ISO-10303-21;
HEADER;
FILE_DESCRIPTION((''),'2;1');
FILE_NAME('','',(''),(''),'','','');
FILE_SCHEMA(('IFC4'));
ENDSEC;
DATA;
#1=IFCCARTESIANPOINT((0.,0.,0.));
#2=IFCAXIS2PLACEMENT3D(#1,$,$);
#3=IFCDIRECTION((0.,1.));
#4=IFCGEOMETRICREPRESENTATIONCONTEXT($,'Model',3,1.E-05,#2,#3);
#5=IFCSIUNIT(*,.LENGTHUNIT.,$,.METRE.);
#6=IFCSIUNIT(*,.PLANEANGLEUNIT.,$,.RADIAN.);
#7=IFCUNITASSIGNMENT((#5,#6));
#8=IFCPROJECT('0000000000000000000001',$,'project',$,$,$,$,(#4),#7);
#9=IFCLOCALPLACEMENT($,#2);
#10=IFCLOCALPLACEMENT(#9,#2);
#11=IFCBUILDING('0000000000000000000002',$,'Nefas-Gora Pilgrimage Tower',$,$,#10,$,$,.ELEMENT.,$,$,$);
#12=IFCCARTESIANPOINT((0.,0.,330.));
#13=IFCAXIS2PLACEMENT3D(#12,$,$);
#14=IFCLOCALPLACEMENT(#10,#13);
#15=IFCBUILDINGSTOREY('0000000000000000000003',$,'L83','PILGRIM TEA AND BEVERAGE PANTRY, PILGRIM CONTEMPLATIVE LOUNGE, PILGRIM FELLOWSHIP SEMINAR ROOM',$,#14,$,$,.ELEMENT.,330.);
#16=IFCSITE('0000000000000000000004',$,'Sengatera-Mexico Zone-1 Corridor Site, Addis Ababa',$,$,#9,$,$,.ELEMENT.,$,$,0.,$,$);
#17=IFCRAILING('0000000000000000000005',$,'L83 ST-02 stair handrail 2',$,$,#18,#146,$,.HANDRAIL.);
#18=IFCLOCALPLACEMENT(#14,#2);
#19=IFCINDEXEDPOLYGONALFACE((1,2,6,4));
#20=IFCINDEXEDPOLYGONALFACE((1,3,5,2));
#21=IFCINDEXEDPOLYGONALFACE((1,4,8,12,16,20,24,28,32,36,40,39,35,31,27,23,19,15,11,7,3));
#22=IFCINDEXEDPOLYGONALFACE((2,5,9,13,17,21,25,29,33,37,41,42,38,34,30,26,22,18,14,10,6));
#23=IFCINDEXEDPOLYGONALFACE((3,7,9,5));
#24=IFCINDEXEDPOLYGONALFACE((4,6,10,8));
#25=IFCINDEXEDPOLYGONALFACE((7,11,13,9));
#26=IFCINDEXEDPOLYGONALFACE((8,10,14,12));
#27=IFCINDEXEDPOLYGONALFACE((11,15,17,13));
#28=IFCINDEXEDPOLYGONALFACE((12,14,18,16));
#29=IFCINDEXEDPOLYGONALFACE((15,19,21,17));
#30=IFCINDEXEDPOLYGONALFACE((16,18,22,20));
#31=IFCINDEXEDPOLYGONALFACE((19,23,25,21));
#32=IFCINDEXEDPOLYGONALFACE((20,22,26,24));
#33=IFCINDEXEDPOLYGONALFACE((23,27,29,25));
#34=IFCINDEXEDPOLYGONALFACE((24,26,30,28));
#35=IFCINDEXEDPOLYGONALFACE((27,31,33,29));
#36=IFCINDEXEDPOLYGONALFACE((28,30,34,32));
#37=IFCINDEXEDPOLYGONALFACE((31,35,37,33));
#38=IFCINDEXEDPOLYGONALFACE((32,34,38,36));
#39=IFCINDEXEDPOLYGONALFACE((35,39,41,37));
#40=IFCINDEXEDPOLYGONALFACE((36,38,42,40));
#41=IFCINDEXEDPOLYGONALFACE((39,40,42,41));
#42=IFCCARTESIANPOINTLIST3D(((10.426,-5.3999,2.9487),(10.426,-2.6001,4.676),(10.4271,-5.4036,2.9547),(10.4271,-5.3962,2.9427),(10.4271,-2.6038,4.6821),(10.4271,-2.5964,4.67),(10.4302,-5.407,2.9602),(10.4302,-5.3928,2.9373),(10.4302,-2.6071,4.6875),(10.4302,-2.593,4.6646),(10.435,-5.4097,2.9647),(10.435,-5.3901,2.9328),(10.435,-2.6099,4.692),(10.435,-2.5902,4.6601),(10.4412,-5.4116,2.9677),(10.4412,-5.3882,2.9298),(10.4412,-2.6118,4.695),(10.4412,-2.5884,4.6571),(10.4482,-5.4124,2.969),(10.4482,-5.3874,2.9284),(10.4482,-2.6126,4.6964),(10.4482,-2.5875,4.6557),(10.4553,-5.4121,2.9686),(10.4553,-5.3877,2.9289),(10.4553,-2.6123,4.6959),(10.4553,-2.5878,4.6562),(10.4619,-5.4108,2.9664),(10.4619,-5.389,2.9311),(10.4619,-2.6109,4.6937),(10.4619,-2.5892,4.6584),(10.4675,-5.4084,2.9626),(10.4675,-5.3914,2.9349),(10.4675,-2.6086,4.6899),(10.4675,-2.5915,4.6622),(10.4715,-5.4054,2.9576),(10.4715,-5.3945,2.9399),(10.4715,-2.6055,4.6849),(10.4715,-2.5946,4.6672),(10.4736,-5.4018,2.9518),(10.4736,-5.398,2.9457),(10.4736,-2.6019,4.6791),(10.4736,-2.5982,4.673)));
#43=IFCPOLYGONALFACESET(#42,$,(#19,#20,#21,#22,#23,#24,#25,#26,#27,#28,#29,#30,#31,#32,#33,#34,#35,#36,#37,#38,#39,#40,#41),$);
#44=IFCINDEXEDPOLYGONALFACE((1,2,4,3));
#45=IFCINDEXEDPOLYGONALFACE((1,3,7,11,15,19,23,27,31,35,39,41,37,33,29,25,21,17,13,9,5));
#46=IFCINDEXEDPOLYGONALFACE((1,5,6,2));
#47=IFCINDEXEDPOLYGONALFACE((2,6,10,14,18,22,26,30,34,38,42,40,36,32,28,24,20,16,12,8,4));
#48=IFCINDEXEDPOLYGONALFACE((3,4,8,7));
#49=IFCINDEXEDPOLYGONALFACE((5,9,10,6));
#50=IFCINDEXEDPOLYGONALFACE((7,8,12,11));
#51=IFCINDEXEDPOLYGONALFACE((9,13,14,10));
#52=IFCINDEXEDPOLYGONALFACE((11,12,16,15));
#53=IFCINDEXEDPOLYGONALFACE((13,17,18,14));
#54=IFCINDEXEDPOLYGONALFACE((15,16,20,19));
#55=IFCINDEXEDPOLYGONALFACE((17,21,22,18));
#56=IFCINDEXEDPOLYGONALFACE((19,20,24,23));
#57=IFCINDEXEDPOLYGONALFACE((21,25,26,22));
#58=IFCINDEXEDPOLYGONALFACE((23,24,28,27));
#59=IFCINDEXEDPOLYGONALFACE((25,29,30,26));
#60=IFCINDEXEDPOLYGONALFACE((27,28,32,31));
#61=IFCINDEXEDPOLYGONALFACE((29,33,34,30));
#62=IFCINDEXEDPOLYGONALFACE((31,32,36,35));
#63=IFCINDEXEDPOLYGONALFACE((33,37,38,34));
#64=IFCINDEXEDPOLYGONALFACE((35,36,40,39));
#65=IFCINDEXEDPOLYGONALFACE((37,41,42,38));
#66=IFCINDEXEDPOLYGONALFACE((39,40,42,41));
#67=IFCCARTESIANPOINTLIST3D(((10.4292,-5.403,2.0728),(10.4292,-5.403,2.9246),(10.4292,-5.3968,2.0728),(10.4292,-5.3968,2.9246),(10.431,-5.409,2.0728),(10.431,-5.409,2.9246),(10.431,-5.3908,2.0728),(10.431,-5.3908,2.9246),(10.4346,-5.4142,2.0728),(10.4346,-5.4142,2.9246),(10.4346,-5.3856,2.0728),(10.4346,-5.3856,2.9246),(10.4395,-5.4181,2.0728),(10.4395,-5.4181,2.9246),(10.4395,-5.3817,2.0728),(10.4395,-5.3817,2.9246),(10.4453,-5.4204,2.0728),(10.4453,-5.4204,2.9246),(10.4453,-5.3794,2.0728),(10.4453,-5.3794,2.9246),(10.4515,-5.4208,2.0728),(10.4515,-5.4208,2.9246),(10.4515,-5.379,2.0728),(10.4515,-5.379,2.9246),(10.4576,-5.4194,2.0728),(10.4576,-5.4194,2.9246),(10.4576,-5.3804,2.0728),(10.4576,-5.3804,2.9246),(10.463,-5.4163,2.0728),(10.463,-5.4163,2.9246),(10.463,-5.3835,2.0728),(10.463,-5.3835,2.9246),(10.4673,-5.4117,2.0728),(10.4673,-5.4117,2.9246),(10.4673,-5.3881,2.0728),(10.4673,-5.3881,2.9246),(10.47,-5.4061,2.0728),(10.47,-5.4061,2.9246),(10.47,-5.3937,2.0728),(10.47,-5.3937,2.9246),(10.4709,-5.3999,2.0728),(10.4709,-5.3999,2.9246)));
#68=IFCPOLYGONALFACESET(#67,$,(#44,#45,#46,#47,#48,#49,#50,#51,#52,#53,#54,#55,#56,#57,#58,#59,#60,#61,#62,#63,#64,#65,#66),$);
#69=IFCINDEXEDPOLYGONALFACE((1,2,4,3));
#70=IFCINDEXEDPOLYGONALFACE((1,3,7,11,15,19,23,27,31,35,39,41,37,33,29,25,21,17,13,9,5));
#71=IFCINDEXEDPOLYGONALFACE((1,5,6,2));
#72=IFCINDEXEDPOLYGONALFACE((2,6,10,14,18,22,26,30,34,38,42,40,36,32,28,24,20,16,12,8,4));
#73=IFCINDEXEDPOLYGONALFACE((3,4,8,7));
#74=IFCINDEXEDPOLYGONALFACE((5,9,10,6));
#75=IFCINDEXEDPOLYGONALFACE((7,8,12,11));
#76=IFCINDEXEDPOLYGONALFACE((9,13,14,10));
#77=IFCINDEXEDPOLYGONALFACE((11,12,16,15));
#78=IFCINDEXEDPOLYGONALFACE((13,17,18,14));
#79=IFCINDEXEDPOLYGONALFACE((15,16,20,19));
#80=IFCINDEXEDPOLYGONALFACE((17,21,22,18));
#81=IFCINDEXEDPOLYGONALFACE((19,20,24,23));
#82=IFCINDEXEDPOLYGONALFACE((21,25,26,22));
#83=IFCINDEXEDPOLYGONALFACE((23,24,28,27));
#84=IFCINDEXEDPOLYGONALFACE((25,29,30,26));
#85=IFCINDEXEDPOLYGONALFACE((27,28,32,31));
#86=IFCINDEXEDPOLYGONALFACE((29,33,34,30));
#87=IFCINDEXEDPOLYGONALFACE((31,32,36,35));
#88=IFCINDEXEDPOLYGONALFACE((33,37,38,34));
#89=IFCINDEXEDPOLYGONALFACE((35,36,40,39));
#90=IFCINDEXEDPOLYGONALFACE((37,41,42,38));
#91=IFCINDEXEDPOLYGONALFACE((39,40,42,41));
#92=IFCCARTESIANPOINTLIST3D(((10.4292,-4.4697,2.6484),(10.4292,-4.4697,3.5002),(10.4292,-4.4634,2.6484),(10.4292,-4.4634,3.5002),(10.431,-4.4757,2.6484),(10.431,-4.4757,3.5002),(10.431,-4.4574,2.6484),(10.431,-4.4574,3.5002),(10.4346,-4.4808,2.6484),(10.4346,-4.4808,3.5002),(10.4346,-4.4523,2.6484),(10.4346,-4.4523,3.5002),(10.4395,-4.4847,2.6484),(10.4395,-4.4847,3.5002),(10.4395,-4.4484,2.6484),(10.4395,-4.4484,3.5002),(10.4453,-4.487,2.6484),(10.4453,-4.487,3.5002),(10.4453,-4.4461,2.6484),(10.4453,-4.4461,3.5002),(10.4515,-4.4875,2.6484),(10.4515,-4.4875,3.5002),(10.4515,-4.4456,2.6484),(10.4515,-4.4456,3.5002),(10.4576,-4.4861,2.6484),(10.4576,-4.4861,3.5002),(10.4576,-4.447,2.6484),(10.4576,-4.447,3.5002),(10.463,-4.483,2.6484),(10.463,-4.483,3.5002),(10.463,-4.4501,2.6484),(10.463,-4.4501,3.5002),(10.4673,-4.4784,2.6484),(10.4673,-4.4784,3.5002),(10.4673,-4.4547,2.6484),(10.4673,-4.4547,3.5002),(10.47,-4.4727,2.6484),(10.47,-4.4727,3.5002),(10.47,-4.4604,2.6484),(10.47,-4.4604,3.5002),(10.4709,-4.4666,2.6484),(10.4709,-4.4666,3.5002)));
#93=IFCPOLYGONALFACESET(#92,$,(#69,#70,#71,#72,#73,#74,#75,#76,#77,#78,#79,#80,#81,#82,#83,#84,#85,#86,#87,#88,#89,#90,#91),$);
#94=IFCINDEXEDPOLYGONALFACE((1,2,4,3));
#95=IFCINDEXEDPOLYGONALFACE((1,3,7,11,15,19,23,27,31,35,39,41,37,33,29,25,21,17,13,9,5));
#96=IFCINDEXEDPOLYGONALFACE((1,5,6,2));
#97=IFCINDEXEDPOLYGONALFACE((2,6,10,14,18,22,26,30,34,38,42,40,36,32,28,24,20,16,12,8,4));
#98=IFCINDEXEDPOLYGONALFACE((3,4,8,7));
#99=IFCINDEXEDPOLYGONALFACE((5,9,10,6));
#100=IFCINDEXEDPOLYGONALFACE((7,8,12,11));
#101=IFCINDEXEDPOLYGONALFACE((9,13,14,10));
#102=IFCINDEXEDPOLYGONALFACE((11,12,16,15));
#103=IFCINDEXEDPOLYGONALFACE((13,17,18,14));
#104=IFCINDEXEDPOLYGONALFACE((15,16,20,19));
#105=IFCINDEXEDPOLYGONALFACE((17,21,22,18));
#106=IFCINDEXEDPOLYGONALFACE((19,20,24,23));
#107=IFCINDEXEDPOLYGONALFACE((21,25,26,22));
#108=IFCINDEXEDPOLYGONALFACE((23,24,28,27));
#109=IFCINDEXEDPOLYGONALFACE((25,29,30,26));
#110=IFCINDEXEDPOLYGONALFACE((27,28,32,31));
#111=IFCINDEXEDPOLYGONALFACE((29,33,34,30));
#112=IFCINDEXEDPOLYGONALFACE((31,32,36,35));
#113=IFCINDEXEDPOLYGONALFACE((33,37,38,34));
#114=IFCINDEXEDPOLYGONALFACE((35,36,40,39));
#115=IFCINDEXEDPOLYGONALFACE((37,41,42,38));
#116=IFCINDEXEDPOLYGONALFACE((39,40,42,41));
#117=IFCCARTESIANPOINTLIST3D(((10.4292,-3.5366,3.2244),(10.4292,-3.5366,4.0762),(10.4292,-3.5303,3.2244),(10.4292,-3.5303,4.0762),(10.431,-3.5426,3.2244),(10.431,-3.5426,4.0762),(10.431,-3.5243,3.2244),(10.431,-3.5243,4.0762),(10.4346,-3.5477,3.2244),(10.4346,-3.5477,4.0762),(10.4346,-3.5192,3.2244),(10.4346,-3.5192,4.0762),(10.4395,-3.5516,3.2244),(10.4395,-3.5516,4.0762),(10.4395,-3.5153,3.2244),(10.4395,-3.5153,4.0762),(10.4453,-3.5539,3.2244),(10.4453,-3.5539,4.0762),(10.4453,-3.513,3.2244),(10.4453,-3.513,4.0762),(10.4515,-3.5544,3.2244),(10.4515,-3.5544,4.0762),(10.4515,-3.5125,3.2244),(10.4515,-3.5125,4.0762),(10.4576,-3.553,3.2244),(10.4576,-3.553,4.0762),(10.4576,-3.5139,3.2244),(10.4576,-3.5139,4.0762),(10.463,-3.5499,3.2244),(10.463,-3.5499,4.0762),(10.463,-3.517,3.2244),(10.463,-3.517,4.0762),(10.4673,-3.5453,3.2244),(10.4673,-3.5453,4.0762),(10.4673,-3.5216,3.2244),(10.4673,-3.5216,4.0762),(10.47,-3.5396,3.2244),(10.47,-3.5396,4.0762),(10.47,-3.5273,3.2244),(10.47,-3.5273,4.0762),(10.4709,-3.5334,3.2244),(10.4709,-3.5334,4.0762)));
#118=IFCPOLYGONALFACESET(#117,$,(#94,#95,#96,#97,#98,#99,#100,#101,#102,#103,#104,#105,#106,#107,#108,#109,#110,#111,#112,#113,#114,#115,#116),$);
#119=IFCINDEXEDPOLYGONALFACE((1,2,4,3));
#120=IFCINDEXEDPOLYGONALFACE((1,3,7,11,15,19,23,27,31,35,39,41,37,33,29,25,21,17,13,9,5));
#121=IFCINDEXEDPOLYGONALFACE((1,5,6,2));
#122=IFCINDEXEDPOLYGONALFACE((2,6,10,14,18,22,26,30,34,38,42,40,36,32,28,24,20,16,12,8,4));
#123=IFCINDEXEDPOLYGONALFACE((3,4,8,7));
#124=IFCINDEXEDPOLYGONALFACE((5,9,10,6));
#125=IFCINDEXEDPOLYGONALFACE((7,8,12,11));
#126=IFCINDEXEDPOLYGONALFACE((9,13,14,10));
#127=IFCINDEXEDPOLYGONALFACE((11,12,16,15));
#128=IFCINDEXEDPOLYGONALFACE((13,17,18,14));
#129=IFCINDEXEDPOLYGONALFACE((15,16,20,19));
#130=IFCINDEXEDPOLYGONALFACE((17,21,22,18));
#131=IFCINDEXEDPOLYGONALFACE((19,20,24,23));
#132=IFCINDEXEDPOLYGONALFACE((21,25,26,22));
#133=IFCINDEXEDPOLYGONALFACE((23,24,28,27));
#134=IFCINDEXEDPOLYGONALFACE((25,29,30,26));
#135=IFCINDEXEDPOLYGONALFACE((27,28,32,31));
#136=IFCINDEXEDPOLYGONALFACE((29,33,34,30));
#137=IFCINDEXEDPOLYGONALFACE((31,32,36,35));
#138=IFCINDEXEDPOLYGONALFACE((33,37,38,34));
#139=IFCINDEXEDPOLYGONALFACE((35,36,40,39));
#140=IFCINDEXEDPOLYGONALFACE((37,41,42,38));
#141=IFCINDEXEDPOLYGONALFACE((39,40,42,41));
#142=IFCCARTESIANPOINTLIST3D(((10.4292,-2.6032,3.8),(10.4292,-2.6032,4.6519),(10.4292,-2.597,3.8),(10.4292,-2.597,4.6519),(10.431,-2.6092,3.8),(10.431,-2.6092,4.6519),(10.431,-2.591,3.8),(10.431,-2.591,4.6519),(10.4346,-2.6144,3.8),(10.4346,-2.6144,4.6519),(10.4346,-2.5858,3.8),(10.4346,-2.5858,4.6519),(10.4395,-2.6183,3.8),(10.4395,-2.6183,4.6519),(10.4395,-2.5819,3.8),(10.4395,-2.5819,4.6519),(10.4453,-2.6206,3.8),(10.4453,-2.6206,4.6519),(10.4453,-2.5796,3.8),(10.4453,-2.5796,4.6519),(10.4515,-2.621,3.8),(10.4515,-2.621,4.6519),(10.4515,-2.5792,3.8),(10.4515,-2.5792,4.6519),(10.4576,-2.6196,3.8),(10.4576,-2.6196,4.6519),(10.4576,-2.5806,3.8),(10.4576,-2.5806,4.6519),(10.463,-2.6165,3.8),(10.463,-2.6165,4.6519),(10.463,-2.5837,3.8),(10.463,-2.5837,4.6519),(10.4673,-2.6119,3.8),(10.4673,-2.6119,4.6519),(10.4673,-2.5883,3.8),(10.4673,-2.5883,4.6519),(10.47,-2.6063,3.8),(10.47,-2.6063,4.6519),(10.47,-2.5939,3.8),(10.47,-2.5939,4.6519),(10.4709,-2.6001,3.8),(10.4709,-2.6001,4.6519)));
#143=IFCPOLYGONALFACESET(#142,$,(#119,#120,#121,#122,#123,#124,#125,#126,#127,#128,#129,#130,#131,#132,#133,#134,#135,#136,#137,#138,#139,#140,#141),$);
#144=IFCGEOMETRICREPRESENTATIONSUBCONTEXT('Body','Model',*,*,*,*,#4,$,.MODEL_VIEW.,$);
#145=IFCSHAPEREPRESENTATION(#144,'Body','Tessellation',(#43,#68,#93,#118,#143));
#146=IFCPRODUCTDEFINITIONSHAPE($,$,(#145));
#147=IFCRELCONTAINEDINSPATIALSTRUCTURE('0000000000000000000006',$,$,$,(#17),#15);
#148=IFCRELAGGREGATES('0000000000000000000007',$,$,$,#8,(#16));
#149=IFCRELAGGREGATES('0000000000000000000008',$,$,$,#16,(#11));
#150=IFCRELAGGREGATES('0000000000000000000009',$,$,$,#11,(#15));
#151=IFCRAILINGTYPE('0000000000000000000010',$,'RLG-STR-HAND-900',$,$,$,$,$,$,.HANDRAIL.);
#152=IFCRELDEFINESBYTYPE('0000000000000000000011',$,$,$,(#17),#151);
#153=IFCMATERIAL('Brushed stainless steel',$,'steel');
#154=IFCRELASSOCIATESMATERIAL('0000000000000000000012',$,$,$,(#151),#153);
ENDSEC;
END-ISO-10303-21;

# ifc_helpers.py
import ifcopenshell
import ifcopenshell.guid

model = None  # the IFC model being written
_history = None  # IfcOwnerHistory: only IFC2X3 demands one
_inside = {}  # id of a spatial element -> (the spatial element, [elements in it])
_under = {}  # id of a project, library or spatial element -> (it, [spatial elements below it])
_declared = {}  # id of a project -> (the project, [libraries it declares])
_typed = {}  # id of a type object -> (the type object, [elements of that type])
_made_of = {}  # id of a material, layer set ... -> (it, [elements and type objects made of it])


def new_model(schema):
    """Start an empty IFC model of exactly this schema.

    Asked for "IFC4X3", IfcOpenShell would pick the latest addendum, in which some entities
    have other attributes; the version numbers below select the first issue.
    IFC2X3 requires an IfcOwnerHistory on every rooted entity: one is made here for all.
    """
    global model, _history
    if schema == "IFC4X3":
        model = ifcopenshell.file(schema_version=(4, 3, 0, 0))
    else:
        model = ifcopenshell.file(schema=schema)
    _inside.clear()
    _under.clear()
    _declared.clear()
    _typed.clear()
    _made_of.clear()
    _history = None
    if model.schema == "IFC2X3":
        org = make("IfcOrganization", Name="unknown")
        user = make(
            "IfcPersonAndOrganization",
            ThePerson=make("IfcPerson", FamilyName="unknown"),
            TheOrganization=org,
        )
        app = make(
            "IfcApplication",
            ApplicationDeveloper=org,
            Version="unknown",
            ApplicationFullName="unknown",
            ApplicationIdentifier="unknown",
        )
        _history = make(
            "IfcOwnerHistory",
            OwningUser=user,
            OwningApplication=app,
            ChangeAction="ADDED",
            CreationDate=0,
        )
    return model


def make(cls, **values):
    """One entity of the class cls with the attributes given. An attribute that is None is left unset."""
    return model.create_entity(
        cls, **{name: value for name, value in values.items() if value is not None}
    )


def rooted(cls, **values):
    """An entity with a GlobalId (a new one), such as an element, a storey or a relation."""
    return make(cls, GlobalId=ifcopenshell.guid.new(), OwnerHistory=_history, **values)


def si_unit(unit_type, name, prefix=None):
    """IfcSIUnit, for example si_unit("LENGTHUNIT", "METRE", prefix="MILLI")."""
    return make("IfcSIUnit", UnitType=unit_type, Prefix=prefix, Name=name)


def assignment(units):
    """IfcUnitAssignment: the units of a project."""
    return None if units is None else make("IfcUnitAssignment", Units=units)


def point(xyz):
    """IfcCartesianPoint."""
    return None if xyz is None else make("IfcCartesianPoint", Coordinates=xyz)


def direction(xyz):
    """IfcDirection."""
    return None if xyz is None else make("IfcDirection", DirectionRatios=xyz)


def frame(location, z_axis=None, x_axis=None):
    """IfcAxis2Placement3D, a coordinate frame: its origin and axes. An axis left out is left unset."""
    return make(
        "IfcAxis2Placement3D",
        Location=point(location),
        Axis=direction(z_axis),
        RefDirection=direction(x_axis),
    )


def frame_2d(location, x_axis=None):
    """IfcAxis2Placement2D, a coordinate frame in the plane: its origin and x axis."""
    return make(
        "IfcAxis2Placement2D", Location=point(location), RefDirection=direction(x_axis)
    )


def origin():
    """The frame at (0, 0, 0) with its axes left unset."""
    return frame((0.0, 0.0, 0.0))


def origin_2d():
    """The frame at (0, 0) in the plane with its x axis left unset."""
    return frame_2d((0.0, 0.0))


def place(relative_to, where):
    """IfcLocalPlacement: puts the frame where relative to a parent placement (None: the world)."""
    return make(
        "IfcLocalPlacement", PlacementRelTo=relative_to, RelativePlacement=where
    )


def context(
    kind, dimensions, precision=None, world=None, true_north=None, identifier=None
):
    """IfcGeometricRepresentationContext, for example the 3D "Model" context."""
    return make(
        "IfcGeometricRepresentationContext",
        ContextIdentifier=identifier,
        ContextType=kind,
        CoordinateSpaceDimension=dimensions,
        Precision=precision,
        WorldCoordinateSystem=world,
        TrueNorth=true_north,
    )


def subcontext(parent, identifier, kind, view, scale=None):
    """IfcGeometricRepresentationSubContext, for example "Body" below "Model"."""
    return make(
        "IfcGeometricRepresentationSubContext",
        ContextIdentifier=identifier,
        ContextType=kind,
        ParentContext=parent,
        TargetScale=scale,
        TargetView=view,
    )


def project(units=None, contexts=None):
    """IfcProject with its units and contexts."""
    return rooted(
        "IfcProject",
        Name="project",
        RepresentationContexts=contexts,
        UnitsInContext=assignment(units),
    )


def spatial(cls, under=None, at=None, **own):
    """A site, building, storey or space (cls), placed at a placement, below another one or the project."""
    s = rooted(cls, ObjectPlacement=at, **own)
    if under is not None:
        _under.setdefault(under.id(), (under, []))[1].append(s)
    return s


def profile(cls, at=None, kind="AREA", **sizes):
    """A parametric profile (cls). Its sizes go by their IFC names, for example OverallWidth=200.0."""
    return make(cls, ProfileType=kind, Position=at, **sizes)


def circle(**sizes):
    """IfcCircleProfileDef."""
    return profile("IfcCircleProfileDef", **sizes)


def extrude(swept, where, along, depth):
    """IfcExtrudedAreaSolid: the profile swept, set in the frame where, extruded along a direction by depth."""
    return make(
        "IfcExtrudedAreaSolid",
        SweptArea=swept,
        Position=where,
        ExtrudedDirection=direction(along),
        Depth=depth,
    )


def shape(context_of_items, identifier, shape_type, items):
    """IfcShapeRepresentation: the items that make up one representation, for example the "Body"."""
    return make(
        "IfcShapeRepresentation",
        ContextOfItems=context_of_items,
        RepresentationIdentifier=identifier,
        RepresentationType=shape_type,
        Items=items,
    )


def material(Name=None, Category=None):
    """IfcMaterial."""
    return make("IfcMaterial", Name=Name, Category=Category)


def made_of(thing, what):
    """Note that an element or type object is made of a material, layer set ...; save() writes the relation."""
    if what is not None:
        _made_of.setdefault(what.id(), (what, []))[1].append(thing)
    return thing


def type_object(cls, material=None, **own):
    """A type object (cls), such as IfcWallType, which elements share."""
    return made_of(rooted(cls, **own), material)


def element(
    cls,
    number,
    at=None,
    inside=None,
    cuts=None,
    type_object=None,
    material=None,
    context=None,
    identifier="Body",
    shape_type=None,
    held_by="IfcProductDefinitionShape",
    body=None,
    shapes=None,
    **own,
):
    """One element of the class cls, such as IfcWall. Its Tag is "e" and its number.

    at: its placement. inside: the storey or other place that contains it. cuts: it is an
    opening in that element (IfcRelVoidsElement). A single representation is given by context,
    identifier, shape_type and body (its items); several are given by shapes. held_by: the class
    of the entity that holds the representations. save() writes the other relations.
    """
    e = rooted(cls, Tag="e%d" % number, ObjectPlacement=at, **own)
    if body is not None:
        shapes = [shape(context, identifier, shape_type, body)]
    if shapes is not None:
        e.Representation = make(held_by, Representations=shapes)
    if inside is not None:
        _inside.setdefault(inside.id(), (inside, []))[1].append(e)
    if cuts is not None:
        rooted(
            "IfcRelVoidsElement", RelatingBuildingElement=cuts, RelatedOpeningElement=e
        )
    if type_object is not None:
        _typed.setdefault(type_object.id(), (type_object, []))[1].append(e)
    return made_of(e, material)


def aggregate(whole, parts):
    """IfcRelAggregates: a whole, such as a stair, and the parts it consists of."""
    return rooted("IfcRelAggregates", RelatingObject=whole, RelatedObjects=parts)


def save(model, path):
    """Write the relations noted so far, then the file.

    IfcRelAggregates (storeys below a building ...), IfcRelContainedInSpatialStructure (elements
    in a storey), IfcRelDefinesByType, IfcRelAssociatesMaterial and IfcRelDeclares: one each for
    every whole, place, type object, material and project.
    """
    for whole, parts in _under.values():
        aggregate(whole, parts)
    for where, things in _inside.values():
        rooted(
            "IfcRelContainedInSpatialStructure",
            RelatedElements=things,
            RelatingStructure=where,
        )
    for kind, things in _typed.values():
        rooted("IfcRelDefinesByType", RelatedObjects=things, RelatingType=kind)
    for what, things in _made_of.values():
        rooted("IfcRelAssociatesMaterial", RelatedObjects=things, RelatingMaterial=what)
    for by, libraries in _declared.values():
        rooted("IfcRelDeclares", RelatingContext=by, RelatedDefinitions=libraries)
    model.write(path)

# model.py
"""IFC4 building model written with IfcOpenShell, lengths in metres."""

from ifc_helpers import new_model, si_unit, direction, frame, origin, origin_2d, place, context, subcontext, project, spatial, circle, extrude, material, type_object, element, save


model = new_model("IFC4")

# Units and contexts
model_context = context("Model", 3, precision=1e-05, world=origin(), true_north=direction((0.0, 1.0)))
body_context = subcontext(model_context, "Body", "Model", "MODEL_VIEW")
ifc_project = project(units=[si_unit("LENGTHUNIT", "METRE"), si_unit("PLANEANGLEUNIT", "RADIAN")], contexts=[model_context])

# Site, building, storey
site_placement = place(None, origin())
site = spatial("IfcSite", under=ifc_project, at=site_placement, Name="Sengatera-Mexico Zone-1 Corridor Site, Addis Ababa", CompositionType="ELEMENT", RefElevation=0.0)
building_placement = place(site_placement, origin())
building = spatial("IfcBuilding", under=site, at=building_placement, Name="Nefas-Gora Pilgrimage Tower", CompositionType="ELEMENT")
storey_placement = place(building_placement, frame((0.0, 0.0, 330.0)))
storey = spatial("IfcBuildingStorey", under=building, at=storey_placement, Name="L83", Description="PILGRIM TEA AND BEVERAGE PANTRY, PILGRIM CONTEMPLATIVE LOUNGE, PILGRIM FELLOWSHIP SEMINAR ROOM", CompositionType="ELEMENT", Elevation=330.0)

# Railing
ifc_material_1 = material(Name="Brushed stainless steel", Category="steel")
railing_type_1 = type_object("IfcRailingType", Name="RLG-STR-HAND-900", PredefinedType="HANDRAIL", material=ifc_material_1)
railing_1_placement = place(storey_placement, frame((10.45, -5.3999, 2.0728)))
element("IfcRailing", 1, at=railing_1_placement, inside=storey, type_object=railing_type_1, Name="L83 ST-02 stair handrail 2", PredefinedType="HANDRAIL", context=body_context, shape_type="SweptSolid", body=[
    extrude(circle(Radius=0.0239, at=origin_2d()), frame((0.0, 0.0, 0.876), z_axis=(0.0, 0.851069, 0.525054), x_axis=(-1.0, 0.0, 0.0)), (0.0, 0.0, 1.0), 3.2898),
    extrude(circle(Radius=0.021, at=origin_2d()), origin(), (0.0, 0.0, 1.0), 0.8518),
    extrude(circle(Radius=0.021, at=origin_2d()), frame((0.0, 0.9333, 0.5757)), (0.0, 0.0, 1.0), 0.8518),
    extrude(circle(Radius=0.021, at=origin_2d()), frame((0.0, 1.8665, 1.1516)), (0.0, 0.0, 1.0), 0.8518),
    extrude(circle(Radius=0.021, at=origin_2d()), frame((0.0, 2.7998, 1.7273)), (0.0, 0.0, 1.0), 0.8518),
])

save(model, "model.ifc")
